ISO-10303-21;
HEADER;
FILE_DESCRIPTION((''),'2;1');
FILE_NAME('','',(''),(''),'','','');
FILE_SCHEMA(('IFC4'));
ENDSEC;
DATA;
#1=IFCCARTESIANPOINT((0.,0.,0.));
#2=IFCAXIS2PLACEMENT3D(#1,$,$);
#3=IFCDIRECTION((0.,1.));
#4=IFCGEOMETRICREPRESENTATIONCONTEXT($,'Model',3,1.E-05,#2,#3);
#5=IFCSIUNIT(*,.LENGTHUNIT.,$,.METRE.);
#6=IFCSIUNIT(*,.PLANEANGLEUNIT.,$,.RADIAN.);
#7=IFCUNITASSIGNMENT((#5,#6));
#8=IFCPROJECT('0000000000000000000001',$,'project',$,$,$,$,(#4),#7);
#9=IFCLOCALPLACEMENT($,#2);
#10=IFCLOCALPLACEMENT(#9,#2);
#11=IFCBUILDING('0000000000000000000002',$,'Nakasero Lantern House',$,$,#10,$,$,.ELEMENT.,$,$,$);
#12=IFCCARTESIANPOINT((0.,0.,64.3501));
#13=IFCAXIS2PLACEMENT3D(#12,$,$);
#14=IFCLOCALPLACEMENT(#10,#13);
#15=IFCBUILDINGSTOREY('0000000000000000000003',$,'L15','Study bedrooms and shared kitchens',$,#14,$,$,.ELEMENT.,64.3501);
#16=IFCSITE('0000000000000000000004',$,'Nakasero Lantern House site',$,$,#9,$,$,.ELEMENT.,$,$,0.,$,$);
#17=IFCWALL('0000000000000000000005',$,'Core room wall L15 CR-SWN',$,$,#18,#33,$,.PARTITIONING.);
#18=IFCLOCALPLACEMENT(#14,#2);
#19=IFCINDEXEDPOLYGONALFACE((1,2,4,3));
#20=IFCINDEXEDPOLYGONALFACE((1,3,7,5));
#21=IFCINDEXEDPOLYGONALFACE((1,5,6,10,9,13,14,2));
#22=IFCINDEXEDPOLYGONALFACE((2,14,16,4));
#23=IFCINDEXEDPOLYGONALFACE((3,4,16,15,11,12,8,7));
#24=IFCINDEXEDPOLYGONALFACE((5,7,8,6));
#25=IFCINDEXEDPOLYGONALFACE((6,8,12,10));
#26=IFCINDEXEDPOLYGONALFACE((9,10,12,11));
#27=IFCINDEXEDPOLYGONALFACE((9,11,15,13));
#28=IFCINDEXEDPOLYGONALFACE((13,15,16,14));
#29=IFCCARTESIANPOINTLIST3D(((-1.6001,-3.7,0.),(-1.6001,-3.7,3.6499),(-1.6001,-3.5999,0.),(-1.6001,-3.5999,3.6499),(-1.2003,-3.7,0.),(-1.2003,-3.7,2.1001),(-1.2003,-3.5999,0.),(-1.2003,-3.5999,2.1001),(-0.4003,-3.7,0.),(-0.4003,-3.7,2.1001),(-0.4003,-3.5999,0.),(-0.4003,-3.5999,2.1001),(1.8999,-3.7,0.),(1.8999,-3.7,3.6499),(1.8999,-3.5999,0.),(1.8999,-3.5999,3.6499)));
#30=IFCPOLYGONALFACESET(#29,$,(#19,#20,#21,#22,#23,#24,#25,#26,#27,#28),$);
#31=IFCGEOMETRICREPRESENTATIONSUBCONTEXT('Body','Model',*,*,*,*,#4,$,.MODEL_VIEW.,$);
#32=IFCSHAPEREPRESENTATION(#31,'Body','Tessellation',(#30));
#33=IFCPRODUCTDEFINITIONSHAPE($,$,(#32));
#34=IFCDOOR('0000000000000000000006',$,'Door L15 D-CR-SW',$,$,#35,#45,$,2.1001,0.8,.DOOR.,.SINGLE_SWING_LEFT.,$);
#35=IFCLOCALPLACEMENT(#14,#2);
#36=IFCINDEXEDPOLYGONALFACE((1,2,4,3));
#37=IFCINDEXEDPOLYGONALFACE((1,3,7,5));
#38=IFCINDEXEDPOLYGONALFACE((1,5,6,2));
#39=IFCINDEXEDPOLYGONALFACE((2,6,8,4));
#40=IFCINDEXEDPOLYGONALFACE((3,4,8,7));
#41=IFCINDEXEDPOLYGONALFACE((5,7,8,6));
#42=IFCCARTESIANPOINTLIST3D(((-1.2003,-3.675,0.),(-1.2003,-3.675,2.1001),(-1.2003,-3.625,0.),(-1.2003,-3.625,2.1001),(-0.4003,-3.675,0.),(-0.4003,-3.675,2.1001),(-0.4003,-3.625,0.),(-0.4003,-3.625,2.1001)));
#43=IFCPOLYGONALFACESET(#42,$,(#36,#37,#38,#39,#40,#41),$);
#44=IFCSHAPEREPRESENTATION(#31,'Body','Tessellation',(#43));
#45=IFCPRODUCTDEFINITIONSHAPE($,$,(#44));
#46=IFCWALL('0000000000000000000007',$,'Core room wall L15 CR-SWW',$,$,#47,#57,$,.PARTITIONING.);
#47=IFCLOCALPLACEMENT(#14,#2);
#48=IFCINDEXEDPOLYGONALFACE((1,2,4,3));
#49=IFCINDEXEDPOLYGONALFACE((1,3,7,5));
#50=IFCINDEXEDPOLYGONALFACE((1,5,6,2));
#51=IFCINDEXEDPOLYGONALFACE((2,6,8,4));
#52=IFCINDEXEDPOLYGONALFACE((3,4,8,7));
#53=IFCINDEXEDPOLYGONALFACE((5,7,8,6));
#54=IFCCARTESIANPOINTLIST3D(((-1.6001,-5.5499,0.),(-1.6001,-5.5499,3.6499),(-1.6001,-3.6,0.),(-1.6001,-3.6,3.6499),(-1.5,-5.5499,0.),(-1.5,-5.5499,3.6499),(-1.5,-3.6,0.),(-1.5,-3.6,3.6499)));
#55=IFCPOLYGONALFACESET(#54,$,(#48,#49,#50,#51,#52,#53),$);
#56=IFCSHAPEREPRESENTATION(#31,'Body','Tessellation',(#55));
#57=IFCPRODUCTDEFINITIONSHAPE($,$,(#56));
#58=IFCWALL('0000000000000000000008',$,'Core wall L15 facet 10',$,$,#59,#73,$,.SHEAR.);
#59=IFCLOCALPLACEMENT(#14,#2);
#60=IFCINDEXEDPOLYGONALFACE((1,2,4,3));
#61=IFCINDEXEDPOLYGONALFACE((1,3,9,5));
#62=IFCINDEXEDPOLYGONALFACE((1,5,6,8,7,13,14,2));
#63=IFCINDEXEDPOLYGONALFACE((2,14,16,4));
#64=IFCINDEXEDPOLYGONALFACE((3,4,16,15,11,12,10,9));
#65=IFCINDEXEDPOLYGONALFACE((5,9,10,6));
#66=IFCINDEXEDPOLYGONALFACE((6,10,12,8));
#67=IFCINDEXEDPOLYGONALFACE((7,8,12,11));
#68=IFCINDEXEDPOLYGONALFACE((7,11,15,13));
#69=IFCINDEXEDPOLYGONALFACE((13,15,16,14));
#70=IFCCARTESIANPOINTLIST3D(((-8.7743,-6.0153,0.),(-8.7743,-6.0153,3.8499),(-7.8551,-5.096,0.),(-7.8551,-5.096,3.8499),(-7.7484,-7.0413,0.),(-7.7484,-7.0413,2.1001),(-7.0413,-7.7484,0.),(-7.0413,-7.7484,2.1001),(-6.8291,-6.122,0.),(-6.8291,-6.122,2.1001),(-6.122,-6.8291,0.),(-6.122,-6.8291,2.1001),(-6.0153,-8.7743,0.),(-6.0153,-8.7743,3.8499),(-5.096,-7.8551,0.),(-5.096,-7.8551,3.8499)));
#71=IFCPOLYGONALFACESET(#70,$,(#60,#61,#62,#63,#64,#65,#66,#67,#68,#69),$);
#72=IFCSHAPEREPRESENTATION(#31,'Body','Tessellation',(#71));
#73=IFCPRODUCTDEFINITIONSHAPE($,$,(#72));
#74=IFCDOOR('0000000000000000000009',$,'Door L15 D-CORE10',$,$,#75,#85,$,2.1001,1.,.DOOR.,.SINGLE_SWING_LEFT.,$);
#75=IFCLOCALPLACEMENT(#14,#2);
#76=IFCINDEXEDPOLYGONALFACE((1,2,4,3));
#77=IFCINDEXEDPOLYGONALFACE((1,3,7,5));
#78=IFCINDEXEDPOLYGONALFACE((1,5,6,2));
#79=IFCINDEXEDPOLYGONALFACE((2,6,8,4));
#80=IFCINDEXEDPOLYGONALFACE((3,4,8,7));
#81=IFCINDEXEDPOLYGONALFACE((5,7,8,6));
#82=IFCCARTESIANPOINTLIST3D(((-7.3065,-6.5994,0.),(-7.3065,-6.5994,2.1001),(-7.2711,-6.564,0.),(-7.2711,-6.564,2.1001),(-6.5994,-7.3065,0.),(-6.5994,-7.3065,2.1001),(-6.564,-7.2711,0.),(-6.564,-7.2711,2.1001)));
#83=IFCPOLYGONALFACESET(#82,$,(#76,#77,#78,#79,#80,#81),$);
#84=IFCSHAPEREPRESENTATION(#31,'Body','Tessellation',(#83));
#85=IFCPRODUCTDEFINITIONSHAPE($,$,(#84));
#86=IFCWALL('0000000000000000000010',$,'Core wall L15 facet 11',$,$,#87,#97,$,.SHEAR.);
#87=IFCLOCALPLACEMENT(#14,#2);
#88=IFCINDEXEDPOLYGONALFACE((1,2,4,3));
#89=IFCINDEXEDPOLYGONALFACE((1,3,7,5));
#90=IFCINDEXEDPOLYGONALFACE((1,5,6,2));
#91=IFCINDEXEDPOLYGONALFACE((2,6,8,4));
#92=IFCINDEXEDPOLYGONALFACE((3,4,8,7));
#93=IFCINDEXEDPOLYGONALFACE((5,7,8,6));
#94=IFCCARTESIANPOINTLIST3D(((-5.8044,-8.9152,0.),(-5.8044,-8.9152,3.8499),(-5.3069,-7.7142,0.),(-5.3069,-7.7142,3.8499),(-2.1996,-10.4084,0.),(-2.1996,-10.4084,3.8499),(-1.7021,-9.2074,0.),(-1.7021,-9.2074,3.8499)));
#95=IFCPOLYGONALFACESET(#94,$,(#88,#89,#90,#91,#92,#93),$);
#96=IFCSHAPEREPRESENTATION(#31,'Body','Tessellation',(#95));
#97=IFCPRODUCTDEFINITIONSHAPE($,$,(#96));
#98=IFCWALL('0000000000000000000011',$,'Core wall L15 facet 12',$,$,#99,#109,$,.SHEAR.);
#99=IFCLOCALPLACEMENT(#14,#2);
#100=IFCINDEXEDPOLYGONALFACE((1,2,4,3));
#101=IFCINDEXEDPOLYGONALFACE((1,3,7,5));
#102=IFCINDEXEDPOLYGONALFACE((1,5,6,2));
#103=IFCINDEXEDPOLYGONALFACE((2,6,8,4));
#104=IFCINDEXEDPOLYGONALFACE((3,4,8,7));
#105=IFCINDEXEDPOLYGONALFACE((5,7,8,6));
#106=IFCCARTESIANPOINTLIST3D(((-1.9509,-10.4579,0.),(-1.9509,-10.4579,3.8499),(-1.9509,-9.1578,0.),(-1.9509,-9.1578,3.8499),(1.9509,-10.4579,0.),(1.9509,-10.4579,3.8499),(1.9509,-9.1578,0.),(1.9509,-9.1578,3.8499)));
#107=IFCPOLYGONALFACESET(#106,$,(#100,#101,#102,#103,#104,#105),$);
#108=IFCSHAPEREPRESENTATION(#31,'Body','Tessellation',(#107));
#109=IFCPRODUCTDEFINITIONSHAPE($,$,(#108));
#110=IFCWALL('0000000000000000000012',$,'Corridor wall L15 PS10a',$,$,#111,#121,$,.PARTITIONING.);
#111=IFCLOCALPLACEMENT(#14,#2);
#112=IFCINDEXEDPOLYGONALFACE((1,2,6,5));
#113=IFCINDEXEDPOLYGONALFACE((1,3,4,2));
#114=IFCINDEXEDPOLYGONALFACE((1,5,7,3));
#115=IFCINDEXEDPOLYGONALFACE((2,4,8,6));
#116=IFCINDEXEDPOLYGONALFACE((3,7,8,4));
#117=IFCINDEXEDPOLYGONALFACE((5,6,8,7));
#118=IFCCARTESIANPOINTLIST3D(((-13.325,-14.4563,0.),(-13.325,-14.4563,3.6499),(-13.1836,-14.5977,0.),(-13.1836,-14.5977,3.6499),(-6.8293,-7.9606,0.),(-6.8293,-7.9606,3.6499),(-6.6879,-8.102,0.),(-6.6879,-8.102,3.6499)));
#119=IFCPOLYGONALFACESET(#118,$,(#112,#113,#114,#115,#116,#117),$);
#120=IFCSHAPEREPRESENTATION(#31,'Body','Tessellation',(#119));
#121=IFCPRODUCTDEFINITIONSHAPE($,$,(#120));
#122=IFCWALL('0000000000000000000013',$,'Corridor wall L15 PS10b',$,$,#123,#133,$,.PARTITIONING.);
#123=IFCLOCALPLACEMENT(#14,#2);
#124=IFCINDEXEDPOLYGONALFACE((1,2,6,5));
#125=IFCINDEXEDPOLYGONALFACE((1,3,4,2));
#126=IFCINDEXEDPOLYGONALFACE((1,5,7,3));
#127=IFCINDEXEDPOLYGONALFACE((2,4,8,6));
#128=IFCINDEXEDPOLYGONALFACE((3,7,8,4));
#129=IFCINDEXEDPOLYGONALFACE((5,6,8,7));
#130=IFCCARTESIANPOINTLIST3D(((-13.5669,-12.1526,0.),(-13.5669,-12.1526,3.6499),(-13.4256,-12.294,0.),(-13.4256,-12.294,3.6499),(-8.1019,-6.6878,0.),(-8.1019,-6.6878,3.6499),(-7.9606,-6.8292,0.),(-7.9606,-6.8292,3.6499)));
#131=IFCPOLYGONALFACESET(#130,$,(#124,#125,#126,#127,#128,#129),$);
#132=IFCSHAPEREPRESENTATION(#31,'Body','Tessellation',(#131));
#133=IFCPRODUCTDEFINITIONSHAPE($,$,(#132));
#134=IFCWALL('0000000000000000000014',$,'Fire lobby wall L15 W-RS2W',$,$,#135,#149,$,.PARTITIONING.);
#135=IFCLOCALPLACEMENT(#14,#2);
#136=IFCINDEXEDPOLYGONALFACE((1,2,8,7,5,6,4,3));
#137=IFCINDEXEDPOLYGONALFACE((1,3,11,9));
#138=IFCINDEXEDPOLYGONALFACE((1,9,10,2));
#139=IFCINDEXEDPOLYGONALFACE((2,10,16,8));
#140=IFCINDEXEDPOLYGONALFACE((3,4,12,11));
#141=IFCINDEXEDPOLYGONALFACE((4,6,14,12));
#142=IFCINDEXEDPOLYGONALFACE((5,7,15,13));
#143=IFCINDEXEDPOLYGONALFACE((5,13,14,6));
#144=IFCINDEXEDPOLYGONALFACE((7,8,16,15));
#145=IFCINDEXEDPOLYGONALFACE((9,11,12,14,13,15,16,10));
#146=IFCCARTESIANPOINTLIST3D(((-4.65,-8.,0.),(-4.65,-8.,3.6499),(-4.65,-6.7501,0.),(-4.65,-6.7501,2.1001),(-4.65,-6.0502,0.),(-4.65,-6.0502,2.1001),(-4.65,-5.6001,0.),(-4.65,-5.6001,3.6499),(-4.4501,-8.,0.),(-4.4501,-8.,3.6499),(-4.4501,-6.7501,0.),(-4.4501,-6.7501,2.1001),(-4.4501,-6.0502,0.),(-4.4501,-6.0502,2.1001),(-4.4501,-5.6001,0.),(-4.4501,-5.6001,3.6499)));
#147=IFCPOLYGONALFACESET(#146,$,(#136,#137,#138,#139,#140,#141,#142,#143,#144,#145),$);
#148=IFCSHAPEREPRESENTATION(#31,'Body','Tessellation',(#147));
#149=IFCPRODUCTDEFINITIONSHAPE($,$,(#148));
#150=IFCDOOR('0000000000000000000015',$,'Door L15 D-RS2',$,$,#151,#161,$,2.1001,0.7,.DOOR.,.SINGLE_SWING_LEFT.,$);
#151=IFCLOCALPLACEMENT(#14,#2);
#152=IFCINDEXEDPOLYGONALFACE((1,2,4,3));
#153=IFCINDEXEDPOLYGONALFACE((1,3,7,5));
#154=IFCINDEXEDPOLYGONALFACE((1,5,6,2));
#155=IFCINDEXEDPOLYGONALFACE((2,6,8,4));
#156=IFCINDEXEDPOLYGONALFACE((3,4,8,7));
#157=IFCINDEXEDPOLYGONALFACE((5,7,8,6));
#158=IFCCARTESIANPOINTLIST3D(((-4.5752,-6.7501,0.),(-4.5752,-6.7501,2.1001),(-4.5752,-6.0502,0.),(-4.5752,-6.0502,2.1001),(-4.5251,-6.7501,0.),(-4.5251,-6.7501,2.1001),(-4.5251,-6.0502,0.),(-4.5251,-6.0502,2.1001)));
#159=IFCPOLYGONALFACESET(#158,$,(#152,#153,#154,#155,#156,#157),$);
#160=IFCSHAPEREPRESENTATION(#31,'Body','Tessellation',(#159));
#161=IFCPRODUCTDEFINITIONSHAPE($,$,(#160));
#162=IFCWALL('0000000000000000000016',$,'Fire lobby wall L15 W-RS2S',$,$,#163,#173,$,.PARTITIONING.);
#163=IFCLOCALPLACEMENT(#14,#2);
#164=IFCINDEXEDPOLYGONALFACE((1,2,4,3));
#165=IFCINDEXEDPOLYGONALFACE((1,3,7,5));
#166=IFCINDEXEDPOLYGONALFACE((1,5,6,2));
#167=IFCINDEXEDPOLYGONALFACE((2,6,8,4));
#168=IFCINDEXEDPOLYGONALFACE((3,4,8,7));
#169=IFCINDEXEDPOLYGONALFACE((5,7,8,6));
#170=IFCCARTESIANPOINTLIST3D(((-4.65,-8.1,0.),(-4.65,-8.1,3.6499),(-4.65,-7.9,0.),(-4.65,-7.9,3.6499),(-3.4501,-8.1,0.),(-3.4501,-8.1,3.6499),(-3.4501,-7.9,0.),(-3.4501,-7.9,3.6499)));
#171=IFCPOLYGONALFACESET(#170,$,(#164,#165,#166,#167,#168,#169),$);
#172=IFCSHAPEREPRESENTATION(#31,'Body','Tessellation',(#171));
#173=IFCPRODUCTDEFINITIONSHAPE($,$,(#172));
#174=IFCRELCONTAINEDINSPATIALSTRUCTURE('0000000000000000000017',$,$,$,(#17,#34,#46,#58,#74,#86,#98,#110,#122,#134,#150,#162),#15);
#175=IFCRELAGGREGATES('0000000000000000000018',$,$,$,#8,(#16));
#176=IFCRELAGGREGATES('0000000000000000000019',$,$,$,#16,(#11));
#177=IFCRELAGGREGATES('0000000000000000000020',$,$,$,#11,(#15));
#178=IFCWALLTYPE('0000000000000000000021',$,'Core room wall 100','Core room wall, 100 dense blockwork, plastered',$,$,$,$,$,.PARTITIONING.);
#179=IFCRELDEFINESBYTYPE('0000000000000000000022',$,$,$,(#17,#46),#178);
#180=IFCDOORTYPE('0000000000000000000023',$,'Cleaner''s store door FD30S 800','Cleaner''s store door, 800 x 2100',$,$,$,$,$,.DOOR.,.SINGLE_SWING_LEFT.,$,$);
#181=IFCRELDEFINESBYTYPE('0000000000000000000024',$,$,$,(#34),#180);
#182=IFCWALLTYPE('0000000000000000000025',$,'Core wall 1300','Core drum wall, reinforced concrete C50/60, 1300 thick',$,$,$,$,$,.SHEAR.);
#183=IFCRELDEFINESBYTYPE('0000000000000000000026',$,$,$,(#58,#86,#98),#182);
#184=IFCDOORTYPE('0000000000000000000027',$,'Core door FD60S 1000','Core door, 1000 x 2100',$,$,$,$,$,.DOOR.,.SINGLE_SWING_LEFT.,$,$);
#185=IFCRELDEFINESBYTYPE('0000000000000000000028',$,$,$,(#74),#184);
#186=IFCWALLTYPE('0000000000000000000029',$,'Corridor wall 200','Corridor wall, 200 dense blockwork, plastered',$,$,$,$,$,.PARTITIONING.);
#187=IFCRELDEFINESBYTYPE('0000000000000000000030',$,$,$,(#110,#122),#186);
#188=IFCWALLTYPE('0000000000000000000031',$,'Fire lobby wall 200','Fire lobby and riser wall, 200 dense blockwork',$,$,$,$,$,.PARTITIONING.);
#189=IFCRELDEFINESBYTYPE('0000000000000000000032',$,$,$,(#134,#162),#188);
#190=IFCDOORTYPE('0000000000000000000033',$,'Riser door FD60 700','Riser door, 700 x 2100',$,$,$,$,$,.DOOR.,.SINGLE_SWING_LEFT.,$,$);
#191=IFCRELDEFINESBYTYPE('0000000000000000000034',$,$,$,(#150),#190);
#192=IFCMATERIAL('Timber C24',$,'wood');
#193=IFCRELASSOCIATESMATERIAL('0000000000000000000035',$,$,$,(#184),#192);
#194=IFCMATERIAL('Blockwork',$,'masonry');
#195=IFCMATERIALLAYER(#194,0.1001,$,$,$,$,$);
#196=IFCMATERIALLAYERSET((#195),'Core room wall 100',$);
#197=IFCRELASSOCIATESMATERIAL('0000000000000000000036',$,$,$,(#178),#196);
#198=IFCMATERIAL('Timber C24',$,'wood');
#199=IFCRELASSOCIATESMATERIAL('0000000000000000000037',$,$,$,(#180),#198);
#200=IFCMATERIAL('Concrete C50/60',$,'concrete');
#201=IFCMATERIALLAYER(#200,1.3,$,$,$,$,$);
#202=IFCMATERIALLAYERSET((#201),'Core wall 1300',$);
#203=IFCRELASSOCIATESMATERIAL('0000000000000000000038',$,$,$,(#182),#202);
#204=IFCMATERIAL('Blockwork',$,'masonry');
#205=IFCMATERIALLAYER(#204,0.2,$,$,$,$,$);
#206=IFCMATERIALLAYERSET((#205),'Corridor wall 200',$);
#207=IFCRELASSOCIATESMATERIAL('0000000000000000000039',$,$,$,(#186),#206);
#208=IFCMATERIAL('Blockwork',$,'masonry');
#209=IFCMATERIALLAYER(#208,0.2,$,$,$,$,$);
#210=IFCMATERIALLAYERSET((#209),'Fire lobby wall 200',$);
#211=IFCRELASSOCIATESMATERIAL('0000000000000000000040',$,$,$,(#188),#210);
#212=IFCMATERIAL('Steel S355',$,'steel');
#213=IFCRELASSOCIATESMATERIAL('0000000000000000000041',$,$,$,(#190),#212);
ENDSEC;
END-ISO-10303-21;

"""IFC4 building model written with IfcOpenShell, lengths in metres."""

from ifc_helpers import new_model, si_unit, direction, frame, frame_2d, origin, place, context, subcontext, project, spatial, rectangle, extrude, material, layer, layer_set, type_object, element, fill, save


model = new_model("IFC4")

# Units and contexts
model_context = context("Model", 3, precision=1e-05, world=origin(), true_north=direction((0.0, 1.0)))
body_context = subcontext(model_context, "Body", "Model", "MODEL_VIEW")
ifc_project = project(units=[si_unit("LENGTHUNIT", "METRE"), si_unit("PLANEANGLEUNIT", "RADIAN")], contexts=[model_context])

# Site, building, storey
site_placement = place(None, origin())
site = spatial("IfcSite", under=ifc_project, at=site_placement, Name="Nakasero Lantern House site", CompositionType="ELEMENT", RefElevation=0.0)
building_placement = place(site_placement, origin())
building = spatial("IfcBuilding", under=site, at=building_placement, Name="Nakasero Lantern House", CompositionType="ELEMENT")
storey_placement = place(building_placement, frame((0.0, 0.0, 64.3501)))
storey = spatial("IfcBuildingStorey", under=building, at=storey_placement, Name="L15", Description="Study bedrooms and shared kitchens", CompositionType="ELEMENT", Elevation=64.3501)

# Shared definitions
ifc_material_1 = material(Name="Timber C24", Category="wood")
door_type_1 = type_object("IfcDoorType", Name="Core door FD60S 1000", Description="Core door, 1000 x 2100", OperationType="SINGLE_SWING_LEFT", PredefinedType="DOOR", material=ifc_material_1)

# Wall, opening, door
ifc_material_2 = material(Name="Blockwork", Category="masonry")
ifc_layer_1 = layer(ifc_material_2, 0.1001)
ifc_layer_set_1 = layer_set([ifc_layer_1], Name="Core room wall 100")
wall_type_1 = type_object("IfcWallType", Name="Core room wall 100", Description="Core room wall, 100 dense blockwork, plastered", PredefinedType="PARTITIONING", material=ifc_layer_set_1)
wall_1_placement = place(storey_placement, frame((-1.6001, -3.6499, 0.0), z_axis=(0.0, 0.0, 1.0), x_axis=(1.0, 0.0, 0.0)))
wall_1 = element("IfcWall", 1, at=wall_1_placement, inside=storey, type_object=wall_type_1, Name="Core room wall L15 CR-SWN", PredefinedType="PARTITIONING", context=body_context, shape_type="SweptSolid", body=[
    extrude(rectangle(XDim=3.5, YDim=0.1001, at=frame_2d((1.75, 0.0))), origin(), (0.0, 0.0, 1.0), 3.6499),
])
opening_1_placement = place(wall_1_placement, frame((0.3999, 0.0, 0.0)))
opening_1 = element("IfcOpeningElement", 2, at=opening_1_placement, cuts=wall_1, PredefinedType="OPENING", context=body_context, shape_type="SweptSolid", body=[
    extrude(rectangle(XDim=0.8, YDim=2.1001, at=frame_2d((0.3999, 1.05))), frame((0.0, 0.0701, 0.0), z_axis=(0.0, -1.0, 0.0), x_axis=(1.0, 0.0, 0.0)), (0.0, 0.0, 1.0), 0.1401),
])
ifc_material_3 = material(Name="Timber C24", Category="wood")
door_type_2 = type_object("IfcDoorType", Name="Cleaner's store door FD30S 800", Description="Cleaner's store door, 800 x 2100", OperationType="SINGLE_SWING_LEFT", PredefinedType="DOOR", material=ifc_material_3)
door_1_placement = place(opening_1_placement, origin())
door_1 = element("IfcDoor", 3, at=door_1_placement, inside=storey, type_object=door_type_2, Name="Door L15 D-CR-SW", OperationType="SINGLE_SWING_LEFT", OverallHeight=2.1001, OverallWidth=0.8, PredefinedType="DOOR", context=body_context, shape_type="SweptSolid", body=[
    extrude(rectangle(XDim=0.8, YDim=2.1001, at=frame_2d((0.3999, 1.05))), frame((0.0, 0.0249, 0.0), z_axis=(0.0, -1.0, 0.0), x_axis=(1.0, 0.0, 0.0)), (0.0, 0.0, 1.0), 0.05),
])
fill(opening_1, door_1)

# Wall
wall_2_placement = place(storey_placement, frame((-1.55, -5.55, 0.0), z_axis=(0.0, 0.0, 1.0), x_axis=(0.0, 1.0, 0.0)))
element("IfcWall", 4, at=wall_2_placement, inside=storey, type_object=wall_type_1, Name="Core room wall L15 CR-SWW", PredefinedType="PARTITIONING", context=body_context, shape_type="SweptSolid", body=[
    extrude(rectangle(XDim=1.95, YDim=0.1001, at=frame_2d((0.9751, 0.0))), origin(), (0.0, 0.0, 1.0), 3.6499),
])

# Wall, opening, door
ifc_material_4 = material(Name="Concrete C50/60", Category="concrete")
ifc_layer_2 = layer(ifc_material_4, 1.3)
ifc_layer_set_2 = layer_set([ifc_layer_2], Name="Core wall 1300")
wall_type_2 = type_object("IfcWallType", Name="Core wall 1300", Description="Core drum wall, reinforced concrete C50/60, 1300 thick", PredefinedType="SHEAR", material=ifc_layer_set_2)
wall_3_placement = place(storey_placement, frame((-8.3147, -5.5557, 0.0), z_axis=(0.0, 0.0, 1.0), x_axis=(0.707107, -0.707107, 0.0)))
wall_3 = element("IfcWall", 5, at=wall_3_placement, inside=storey, type_object=wall_type_2, Name="Core wall L15 facet 10", PredefinedType="SHEAR", context=body_context, shape_type="SweptSolid", body=[
    extrude(rectangle(XDim=3.9019, YDim=1.3, at=frame_2d((1.9509, 0.0))), origin(), (0.0, 0.0, 1.0), 3.8499),
])
opening_2_placement = place(wall_3_placement, frame((1.4509, 0.0, 0.0)))
opening_2 = element("IfcOpeningElement", 6, at=opening_2_placement, cuts=wall_3, PredefinedType="OPENING", context=body_context, shape_type="SweptSolid", body=[
    extrude(rectangle(XDim=1.0, YDim=2.1001, at=frame_2d((0.5, 1.05))), frame((0.0, 0.6699, 0.0), z_axis=(0.0, -1.0, 0.0), x_axis=(1.0, 0.0, 0.0)), (0.0, 0.0, 1.0), 1.3401),
])
door_2_placement = place(opening_2_placement, origin())
door_2 = element("IfcDoor", 7, at=door_2_placement, inside=storey, type_object=door_type_1, Name="Door L15 D-CORE10", OperationType="SINGLE_SWING_LEFT", OverallHeight=2.1001, OverallWidth=1.0, PredefinedType="DOOR", context=body_context, shape_type="SweptSolid", body=[
    extrude(rectangle(XDim=1.0, YDim=2.1001, at=frame_2d((0.5, 1.05))), frame((0.0, 0.0249, 0.0), z_axis=(0.0, -1.0, 0.0), x_axis=(1.0, 0.0, 0.0)), (0.0, 0.0, 1.0), 0.05),
])
fill(opening_2, door_2)

# Walls
for number, where, z_axis, x_axis, name in (
    (8, (-5.5557, -8.3147, 0.0), (0.0, 0.0, 1.0), (0.923877, -0.382691, 0.0), "Core wall L15 facet 11"),
    (9, (-1.9509, -9.8079, 0.0), (0.0, 0.0, 1.0), (1.0, 0.0, 0.0), "Core wall L15 facet 12"),
):
    element("IfcWall", number, at=place(storey_placement, frame(where, z_axis=z_axis, x_axis=x_axis)), inside=storey, type_object=wall_type_2, Name=name, PredefinedType="SHEAR", context=body_context, shape_type="SweptSolid", body=[
        extrude(rectangle(XDim=3.9019, YDim=1.3, at=frame_2d((1.9509, 0.0))), origin(), (0.0, 0.0, 1.0), 3.8499),
    ])
ifc_material_5 = material(Name="Blockwork", Category="masonry")
ifc_layer_3 = layer(ifc_material_5, 0.2)
ifc_layer_set_3 = layer_set([ifc_layer_3], Name="Corridor wall 200")
wall_type_3 = type_object("IfcWallType", Name="Corridor wall 200", Description="Corridor wall, 200 dense blockwork, plastered", PredefinedType="PARTITIONING", material=ifc_layer_set_3)
wall_4_placement = place(storey_placement, frame((-6.7585, -8.0312, 0.0), z_axis=(0.0, 0.0, 1.0), x_axis=(-0.707107, -0.707107, 0.0)))
element("IfcWall", 10, at=wall_4_placement, inside=storey, type_object=wall_type_3, Name="Corridor wall L15 PS10a", PredefinedType="PARTITIONING", context=body_context, shape_type="SweptSolid", body=[
    extrude(rectangle(XDim=9.1863, YDim=0.2, at=frame_2d((4.5933, 0.0))), origin(), (0.0, 0.0, 1.0), 3.6499),
])
wall_5_placement = place(storey_placement, frame((-8.0312, -6.7585, 0.0), z_axis=(0.0, 0.0, 1.0), x_axis=(-0.707123, -0.707091, 0.0)))
element("IfcWall", 11, at=wall_5_placement, inside=storey, type_object=wall_type_3, Name="Corridor wall L15 PS10b", PredefinedType="PARTITIONING", context=body_context, shape_type="SweptSolid", body=[
    extrude(rectangle(XDim=7.7285, YDim=0.2, at=frame_2d((3.8643, 0.0))), origin(), (0.0, 0.0, 1.0), 3.6499),
])

# Wall, opening, door
ifc_material_6 = material(Name="Blockwork", Category="masonry")
ifc_layer_4 = layer(ifc_material_6, 0.2)
ifc_layer_set_4 = layer_set([ifc_layer_4], Name="Fire lobby wall 200")
wall_type_4 = type_object("IfcWallType", Name="Fire lobby wall 200", Description="Fire lobby and riser wall, 200 dense blockwork", PredefinedType="PARTITIONING", material=ifc_layer_set_4)
wall_6_placement = place(storey_placement, frame((-4.55, -5.6001, 0.0), z_axis=(0.0, 0.0, 1.0), x_axis=(0.0, -1.0, 0.0)))
wall_6 = element("IfcWall", 12, at=wall_6_placement, inside=storey, type_object=wall_type_4, Name="Fire lobby wall L15 W-RS2W", PredefinedType="PARTITIONING", context=body_context, shape_type="SweptSolid", body=[
    extrude(rectangle(XDim=2.3999, YDim=0.2, at=frame_2d((1.2, 0.0))), origin(), (0.0, 0.0, 1.0), 3.6499),
])
opening_3_placement = place(wall_6_placement, frame((0.45, 0.0, 0.0)))
opening_3 = element("IfcOpeningElement", 13, at=opening_3_placement, cuts=wall_6, PredefinedType="OPENING", context=body_context, shape_type="SweptSolid", body=[
    extrude(rectangle(XDim=0.7, YDim=2.1001, at=frame_2d((0.3501, 1.05))), frame((0.0, 0.1199, 0.0), z_axis=(0.0, -1.0, 0.0), x_axis=(1.0, 0.0, 0.0)), (0.0, 0.0, 1.0), 0.24),
])
ifc_material_7 = material(Name="Steel S355", Category="steel")
door_type_3 = type_object("IfcDoorType", Name="Riser door FD60 700", Description="Riser door, 700 x 2100", OperationType="SINGLE_SWING_LEFT", PredefinedType="DOOR", material=ifc_material_7)
door_3_placement = place(opening_3_placement, origin())
door_3 = element("IfcDoor", 14, at=door_3_placement, inside=storey, type_object=door_type_3, Name="Door L15 D-RS2", OperationType="SINGLE_SWING_LEFT", OverallHeight=2.1001, OverallWidth=0.7, PredefinedType="DOOR", context=body_context, shape_type="SweptSolid", body=[
    extrude(rectangle(XDim=0.7, YDim=2.1001, at=frame_2d((0.3501, 1.05))), frame((0.0, 0.0249, 0.0), z_axis=(0.0, -1.0, 0.0), x_axis=(1.0, 0.0, 0.0)), (0.0, 0.0, 1.0), 0.05),
])
fill(opening_3, door_3)

# Wall
for number, where, z_axis, x_axis, name in (
    (15, (-3.45, -8.0, 0.0), (0.0, 0.0, 1.0), (-1.0, 0.0, 0.0), "Fire lobby wall L15 W-RS2S"),
):
    element("IfcWall", number, at=place(storey_placement, frame(where, z_axis=z_axis, x_axis=x_axis)), inside=storey, type_object=wall_type_4, Name=name, PredefinedType="PARTITIONING", context=body_context, shape_type="SweptSolid", body=[
        extrude(rectangle(XDim=1.2, YDim=0.2, at=frame_2d((0.6001, 0.0))), origin(), (0.0, 0.0, 1.0), 3.6499),
    ])

save(model, "model.ifc")
